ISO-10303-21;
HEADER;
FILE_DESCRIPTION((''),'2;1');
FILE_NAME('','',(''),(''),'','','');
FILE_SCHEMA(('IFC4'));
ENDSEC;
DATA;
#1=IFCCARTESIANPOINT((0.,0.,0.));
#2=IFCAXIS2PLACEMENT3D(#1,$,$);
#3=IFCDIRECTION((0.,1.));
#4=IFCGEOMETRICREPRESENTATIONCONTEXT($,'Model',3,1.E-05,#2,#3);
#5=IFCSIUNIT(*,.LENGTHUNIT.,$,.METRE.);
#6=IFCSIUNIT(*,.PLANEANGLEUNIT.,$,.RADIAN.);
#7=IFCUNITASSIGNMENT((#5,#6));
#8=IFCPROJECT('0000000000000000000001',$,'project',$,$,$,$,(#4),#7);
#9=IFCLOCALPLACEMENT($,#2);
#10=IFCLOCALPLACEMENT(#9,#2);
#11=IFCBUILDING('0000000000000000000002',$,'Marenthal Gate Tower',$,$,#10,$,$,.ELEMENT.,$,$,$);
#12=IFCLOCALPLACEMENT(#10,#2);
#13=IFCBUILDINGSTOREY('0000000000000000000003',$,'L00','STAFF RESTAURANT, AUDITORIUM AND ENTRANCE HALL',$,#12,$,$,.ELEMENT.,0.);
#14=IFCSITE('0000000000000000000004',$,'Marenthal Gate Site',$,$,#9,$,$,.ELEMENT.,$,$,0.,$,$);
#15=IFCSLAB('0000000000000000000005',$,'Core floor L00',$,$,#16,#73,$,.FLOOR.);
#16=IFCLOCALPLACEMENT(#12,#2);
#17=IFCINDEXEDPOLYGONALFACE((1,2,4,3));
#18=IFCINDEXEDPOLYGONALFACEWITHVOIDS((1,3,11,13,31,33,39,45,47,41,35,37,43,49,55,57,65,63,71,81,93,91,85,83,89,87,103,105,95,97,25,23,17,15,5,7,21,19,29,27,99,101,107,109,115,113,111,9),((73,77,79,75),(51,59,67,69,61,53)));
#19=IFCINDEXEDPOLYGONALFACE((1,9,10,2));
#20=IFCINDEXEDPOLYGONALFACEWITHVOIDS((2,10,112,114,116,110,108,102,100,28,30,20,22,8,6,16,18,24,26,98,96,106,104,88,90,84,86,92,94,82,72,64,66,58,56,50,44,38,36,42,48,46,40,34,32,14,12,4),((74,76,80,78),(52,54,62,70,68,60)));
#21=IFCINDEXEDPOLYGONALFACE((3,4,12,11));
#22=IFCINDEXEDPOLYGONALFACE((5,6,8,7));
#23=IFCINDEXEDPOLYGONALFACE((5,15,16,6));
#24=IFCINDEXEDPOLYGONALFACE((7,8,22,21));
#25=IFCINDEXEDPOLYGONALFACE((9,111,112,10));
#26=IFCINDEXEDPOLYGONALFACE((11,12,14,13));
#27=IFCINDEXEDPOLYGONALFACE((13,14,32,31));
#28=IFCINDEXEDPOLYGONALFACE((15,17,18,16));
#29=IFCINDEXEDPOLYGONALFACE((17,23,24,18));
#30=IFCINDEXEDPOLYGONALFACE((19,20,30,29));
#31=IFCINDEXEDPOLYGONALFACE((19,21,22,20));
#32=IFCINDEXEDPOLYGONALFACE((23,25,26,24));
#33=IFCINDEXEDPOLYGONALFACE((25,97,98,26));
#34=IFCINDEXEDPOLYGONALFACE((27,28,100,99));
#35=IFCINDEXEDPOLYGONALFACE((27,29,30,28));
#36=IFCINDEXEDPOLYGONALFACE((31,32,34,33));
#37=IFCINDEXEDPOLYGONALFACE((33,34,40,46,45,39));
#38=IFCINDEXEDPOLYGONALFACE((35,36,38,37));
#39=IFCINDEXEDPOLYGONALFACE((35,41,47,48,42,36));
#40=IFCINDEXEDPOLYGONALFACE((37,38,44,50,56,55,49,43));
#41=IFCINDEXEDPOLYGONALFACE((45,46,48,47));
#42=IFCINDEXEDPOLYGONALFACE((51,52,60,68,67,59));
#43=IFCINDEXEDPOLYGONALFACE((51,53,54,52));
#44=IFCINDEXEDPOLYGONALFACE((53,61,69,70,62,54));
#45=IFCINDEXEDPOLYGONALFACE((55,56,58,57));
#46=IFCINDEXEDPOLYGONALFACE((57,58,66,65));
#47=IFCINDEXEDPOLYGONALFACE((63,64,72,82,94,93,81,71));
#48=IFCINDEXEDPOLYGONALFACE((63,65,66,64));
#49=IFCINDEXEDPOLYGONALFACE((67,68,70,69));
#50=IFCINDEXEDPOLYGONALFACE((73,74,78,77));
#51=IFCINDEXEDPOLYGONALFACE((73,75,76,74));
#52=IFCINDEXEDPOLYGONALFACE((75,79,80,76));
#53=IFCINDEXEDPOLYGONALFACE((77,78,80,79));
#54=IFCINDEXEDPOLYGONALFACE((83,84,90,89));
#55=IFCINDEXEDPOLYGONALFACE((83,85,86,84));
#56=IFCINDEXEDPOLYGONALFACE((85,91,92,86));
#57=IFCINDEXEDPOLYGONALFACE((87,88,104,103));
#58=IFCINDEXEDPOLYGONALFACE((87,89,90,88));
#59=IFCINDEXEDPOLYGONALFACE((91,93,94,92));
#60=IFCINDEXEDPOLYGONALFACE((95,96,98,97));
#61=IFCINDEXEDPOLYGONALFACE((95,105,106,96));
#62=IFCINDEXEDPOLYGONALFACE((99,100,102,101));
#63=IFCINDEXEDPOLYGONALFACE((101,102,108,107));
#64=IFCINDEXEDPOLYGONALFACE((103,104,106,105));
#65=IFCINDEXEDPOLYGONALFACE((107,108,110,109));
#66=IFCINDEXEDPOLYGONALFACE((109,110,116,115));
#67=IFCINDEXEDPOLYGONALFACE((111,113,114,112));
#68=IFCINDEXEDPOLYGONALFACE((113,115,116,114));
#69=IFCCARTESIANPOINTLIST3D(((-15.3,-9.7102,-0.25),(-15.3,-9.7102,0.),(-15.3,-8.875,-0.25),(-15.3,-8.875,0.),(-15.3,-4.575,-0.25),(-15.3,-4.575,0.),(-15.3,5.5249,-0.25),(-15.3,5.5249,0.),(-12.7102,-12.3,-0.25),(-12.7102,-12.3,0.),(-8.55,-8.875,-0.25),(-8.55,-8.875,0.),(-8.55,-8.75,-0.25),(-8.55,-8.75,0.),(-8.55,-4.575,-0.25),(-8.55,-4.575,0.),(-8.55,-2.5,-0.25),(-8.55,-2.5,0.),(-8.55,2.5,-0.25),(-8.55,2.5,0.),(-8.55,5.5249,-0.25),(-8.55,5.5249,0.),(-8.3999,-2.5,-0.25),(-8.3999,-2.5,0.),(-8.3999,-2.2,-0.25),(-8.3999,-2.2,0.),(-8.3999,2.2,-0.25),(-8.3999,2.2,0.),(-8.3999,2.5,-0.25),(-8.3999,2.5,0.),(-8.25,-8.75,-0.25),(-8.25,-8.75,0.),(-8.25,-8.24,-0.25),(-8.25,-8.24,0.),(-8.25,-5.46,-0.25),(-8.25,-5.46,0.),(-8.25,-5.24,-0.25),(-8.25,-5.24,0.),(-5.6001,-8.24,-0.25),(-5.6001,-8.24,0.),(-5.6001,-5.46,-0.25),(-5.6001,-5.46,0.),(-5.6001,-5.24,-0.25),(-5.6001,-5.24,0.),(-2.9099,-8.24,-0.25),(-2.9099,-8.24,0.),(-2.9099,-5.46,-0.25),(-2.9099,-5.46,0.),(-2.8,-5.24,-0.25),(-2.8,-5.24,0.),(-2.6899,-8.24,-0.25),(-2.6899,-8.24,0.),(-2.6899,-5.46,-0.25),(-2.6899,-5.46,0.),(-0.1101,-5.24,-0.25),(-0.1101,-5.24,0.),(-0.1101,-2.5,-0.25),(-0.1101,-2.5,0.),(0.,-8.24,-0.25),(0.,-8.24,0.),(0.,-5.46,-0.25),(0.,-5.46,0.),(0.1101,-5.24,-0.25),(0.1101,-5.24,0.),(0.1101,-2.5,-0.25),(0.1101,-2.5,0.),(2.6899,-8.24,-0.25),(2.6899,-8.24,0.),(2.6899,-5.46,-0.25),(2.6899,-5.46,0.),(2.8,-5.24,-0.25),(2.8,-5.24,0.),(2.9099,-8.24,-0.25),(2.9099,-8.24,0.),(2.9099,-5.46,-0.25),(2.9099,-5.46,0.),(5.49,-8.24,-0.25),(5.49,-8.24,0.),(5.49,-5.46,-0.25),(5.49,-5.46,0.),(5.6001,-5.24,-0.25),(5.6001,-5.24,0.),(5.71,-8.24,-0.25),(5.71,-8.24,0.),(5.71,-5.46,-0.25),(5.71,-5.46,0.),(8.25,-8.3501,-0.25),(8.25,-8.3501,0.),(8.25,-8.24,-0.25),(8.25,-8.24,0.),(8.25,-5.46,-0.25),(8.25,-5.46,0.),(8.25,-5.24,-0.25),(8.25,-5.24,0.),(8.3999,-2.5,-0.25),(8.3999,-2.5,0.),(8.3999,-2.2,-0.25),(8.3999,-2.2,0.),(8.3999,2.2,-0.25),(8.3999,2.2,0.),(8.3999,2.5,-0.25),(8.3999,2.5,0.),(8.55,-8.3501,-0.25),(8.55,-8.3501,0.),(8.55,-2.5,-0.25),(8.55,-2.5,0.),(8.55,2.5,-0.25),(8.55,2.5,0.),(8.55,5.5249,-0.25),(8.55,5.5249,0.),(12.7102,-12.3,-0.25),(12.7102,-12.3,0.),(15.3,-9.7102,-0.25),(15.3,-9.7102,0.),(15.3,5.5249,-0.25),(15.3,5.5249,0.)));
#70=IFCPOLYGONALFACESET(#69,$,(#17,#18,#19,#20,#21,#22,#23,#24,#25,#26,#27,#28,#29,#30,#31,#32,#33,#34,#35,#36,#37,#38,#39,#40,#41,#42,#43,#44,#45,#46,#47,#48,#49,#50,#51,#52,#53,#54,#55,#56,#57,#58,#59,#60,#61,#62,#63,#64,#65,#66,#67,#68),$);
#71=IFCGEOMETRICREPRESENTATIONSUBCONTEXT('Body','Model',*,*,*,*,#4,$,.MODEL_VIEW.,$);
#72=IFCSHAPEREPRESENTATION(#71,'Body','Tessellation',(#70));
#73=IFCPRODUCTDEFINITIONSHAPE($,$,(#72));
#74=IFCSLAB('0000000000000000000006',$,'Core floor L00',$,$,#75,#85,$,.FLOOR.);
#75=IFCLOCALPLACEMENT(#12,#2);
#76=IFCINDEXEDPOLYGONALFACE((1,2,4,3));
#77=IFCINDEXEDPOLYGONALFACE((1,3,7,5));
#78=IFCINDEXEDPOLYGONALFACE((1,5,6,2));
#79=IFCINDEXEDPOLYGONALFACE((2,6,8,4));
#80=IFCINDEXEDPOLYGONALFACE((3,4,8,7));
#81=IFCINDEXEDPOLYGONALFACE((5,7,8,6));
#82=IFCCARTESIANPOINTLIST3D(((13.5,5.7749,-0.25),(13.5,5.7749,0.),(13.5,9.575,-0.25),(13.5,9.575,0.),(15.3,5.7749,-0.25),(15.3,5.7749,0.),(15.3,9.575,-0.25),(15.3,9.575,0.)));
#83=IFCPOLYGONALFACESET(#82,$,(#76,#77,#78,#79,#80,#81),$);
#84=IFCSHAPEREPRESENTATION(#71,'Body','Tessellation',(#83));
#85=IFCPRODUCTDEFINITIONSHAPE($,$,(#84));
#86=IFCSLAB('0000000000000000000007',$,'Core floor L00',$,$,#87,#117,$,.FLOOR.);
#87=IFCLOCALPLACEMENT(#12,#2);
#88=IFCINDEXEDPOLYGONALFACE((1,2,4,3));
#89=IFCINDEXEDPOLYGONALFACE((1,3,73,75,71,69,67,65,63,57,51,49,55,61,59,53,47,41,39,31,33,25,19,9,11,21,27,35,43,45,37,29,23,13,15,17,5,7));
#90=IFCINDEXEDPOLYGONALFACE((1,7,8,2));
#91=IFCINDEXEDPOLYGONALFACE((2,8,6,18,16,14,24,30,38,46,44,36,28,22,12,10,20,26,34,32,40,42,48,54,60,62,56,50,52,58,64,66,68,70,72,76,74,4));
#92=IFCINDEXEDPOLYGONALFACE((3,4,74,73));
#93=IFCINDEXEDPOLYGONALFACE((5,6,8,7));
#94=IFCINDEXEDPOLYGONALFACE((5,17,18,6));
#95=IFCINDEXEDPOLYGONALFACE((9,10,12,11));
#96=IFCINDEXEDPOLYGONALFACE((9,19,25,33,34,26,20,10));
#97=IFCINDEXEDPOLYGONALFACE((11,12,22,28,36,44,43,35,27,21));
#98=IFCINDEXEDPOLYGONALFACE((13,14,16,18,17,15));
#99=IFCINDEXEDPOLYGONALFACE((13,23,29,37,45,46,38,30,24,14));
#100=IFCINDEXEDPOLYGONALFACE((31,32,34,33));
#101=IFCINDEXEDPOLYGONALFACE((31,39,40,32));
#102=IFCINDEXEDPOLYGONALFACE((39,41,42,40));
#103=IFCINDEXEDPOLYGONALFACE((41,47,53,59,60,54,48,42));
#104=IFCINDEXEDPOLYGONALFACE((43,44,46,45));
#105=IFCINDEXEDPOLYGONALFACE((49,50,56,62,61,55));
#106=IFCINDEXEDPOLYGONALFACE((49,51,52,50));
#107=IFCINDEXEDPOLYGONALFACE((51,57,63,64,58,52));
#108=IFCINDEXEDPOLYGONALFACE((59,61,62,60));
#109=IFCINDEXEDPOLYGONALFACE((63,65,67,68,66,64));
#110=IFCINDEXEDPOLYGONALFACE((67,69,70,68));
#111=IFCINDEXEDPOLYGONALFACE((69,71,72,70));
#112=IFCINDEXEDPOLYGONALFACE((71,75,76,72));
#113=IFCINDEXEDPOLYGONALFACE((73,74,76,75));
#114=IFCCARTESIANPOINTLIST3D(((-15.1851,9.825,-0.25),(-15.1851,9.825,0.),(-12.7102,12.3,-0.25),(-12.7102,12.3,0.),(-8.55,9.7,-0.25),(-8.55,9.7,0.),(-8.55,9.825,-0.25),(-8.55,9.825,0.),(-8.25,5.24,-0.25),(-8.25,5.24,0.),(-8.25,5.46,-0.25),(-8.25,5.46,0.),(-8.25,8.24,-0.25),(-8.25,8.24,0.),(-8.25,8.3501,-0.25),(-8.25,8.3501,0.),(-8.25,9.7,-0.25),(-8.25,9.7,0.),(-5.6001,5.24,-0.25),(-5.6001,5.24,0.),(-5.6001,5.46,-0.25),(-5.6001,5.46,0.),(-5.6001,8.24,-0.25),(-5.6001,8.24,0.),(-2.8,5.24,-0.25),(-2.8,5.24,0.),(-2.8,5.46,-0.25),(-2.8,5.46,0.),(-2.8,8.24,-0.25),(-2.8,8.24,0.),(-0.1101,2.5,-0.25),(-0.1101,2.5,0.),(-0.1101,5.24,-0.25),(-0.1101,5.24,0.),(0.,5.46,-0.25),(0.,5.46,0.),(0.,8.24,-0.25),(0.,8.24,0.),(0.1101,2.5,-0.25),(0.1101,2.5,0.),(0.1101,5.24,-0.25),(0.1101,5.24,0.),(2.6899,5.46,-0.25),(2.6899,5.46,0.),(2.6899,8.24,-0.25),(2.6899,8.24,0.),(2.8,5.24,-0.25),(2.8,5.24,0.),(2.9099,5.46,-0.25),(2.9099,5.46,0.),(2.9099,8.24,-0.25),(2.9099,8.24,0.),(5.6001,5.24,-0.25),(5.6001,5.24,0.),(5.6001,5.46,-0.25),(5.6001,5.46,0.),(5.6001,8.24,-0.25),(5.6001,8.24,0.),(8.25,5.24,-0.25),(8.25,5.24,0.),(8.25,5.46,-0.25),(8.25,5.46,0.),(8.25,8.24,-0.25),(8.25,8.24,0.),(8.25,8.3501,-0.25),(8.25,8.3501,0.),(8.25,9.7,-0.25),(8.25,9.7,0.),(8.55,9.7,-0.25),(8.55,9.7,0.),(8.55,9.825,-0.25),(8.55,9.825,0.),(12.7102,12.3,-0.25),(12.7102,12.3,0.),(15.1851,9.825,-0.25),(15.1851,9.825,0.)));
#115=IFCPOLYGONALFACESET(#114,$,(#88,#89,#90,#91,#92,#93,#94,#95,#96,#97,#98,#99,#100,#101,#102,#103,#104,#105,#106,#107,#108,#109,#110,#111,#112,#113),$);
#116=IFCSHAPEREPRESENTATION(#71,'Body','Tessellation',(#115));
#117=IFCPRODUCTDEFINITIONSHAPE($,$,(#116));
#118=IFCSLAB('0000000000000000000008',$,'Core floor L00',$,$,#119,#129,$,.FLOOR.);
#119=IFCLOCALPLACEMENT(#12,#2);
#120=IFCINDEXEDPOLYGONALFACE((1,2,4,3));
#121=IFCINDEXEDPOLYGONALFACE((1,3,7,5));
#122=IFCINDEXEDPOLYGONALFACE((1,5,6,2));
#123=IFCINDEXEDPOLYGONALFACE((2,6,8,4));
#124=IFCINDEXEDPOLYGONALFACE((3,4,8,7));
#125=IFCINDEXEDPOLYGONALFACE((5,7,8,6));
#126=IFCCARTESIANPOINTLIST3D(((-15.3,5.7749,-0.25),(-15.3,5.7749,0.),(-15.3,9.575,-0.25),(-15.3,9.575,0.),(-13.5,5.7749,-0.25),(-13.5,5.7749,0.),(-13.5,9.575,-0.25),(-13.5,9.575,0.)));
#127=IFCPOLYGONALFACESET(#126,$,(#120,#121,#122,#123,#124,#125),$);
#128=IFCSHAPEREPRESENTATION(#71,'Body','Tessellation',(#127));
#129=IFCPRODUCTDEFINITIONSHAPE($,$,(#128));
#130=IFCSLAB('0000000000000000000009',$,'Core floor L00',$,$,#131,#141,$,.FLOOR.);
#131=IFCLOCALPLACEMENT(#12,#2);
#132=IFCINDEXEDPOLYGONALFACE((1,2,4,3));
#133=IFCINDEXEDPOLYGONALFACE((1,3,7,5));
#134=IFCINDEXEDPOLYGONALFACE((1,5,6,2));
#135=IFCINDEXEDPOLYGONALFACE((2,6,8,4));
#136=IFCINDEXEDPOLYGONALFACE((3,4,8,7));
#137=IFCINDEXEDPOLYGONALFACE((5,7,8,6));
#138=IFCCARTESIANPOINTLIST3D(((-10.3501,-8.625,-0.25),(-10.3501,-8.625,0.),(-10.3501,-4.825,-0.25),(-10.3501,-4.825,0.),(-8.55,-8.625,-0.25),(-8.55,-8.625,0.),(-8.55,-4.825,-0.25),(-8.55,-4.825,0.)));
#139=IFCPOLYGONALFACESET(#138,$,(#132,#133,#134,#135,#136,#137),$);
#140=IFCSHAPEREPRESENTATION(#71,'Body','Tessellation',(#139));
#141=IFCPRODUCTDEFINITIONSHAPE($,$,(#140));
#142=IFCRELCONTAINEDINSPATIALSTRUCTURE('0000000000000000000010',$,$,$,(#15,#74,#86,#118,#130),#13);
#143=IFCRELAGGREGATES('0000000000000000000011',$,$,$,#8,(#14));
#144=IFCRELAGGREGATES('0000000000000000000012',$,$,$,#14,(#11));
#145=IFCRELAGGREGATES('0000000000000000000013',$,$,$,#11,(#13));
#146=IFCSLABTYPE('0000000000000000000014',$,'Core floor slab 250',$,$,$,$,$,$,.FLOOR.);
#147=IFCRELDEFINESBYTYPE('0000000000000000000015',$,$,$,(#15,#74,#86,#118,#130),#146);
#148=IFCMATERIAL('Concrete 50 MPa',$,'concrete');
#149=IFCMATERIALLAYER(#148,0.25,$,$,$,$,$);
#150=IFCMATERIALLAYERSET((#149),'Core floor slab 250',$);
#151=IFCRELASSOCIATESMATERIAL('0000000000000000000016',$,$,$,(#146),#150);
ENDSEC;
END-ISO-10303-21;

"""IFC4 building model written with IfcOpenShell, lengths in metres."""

from ifc_helpers import new_model, si_unit, direction, frame, origin, place, context, subcontext, project, spatial, polyline, outline, extrude, material, layer, layer_set, type_object, element, save


model = new_model("IFC4")

# Units and contexts
model_context = context("Model", 3, precision=1e-05, world=origin(), true_north=direction((0.0, 1.0)))
body_context = subcontext(model_context, "Body", "Model", "MODEL_VIEW")
ifc_project = project(units=[si_unit("LENGTHUNIT", "METRE"), si_unit("PLANEANGLEUNIT", "RADIAN")], contexts=[model_context])

# Site, building, storey
site_placement = place(None, origin())
site = spatial("IfcSite", under=ifc_project, at=site_placement, Name="Marenthal Gate Site", CompositionType="ELEMENT", RefElevation=0.0)
building_placement = place(site_placement, origin())
building = spatial("IfcBuilding", under=site, at=building_placement, Name="Marenthal Gate Tower", CompositionType="ELEMENT")
storey_placement = place(building_placement, origin())
storey = spatial("IfcBuildingStorey", under=building, at=storey_placement, Name="L00", Description="STAFF RESTAURANT, AUDITORIUM AND ENTRANCE HALL", CompositionType="ELEMENT", Elevation=0.0)

# Slabs
ifc_material_1 = material(Name="Concrete 50 MPa", Category="concrete")
ifc_layer_1 = layer(ifc_material_1, 0.25)
ifc_layer_set_1 = layer_set([ifc_layer_1], Name="Core floor slab 250")
slab_type_1 = type_object("IfcSlabType", Name="Core floor slab 250", PredefinedType="FLOOR", material=ifc_layer_set_1)
slab_1_placement = place(storey_placement, frame((0.0, 0.0, -0.25)))
element("IfcSlab", 1, at=slab_1_placement, inside=storey, type_object=slab_type_1, Name="Core floor L00", PredefinedType="FLOOR", context=body_context, shape_type="SweptSolid", body=[
    extrude(outline(polyline([(15.3, -9.7102), (12.7102, -12.3), (-12.7102, -12.3), (-15.3, -9.7102), (-15.3, -8.875), (-8.55, -8.875), (-8.55, -8.75), (-8.25, -8.75), (-8.25, -8.24), (-5.6001, -8.24), (-2.9099, -8.24), (-2.9099, -5.46), (-5.6001, -5.46), (-8.25, -5.46), (-8.25, -5.24), (-5.6001, -5.24), (-2.8, -5.24), (-0.1101, -5.24), (-0.1101, -2.5), (0.1101, -2.5), (0.1101, -5.24), (2.8, -5.24), (5.6001, -5.24), (8.25, -5.24), (8.25, -5.46), (5.71, -5.46), (5.71, -8.24), (8.25, -8.24), (8.25, -8.3501), (8.55, -8.3501), (8.55, -2.5), (8.3999, -2.5), (8.3999, -2.2), (-8.3999, -2.2), (-8.3999, -2.5), (-8.55, -2.5), (-8.55, -4.575), (-15.3, -4.575), (-15.3, 5.5249), (-8.55, 5.5249), (-8.55, 2.5), (-8.3999, 2.5), (-8.3999, 2.2), (8.3999, 2.2), (8.3999, 2.5), (8.55, 2.5), (8.55, 5.5249), (15.3, 5.5249), (15.3, -9.7102)]), holes=[polyline([(5.49, -8.24), (5.49, -5.46), (2.9099, -5.46), (2.9099, -8.24), (5.49, -8.24)]), polyline([(-2.6899, -5.46), (-2.6899, -8.24), (0.0, -8.24), (2.6899, -8.24), (2.6899, -5.46), (0.0, -5.46), (-2.6899, -5.46)])]), origin(), (0.0, 0.0, 1.0), 0.25),
])
slab_2_placement = place(storey_placement, frame((0.0, 0.0, -0.25)))
element("IfcSlab", 2, at=slab_2_placement, inside=storey, type_object=slab_type_1, Name="Core floor L00", PredefinedType="FLOOR", context=body_context, shape_type="SweptSolid", body=[
    extrude(outline(polyline([(15.3, 5.7749), (13.5, 5.7749), (13.5, 9.575), (15.3, 9.575), (15.3, 5.7749)])), origin(), (0.0, 0.0, 1.0), 0.25),
])
slab_3_placement = place(storey_placement, frame((0.0, 0.0, -0.25)))
element("IfcSlab", 3, at=slab_3_placement, inside=storey, type_object=slab_type_1, Name="Core floor L00", PredefinedType="FLOOR", context=body_context, shape_type="SweptSolid", body=[
    extrude(outline(polyline([(12.7102, 12.3), (15.1851, 9.825), (8.55, 9.825), (8.55, 9.7), (8.25, 9.7), (8.25, 8.3501), (8.25, 8.24), (5.6001, 8.24), (2.9099, 8.24), (2.9099, 5.46), (5.6001, 5.46), (8.25, 5.46), (8.25, 5.24), (5.6001, 5.24), (2.8, 5.24), (0.1101, 5.24), (0.1101, 2.5), (-0.1101, 2.5), (-0.1101, 5.24), (-2.8, 5.24), (-5.6001, 5.24), (-8.25, 5.24), (-8.25, 5.46), (-5.6001, 5.46), (-2.8, 5.46), (0.0, 5.46), (2.6899, 5.46), (2.6899, 8.24), (0.0, 8.24), (-2.8, 8.24), (-5.6001, 8.24), (-8.25, 8.24), (-8.25, 8.3501), (-8.25, 9.7), (-8.55, 9.7), (-8.55, 9.825), (-15.1851, 9.825), (-12.7102, 12.3), (12.7102, 12.3)])), origin(), (0.0, 0.0, 1.0), 0.25),
])
slab_4_placement = place(storey_placement, frame((0.0, 0.0, -0.25)))
element("IfcSlab", 4, at=slab_4_placement, inside=storey, type_object=slab_type_1, Name="Core floor L00", PredefinedType="FLOOR", context=body_context, shape_type="SweptSolid", body=[
    extrude(outline(polyline([(-15.3, 9.575), (-13.5, 9.575), (-13.5, 5.7749), (-15.3, 5.7749), (-15.3, 9.575)])), origin(), (0.0, 0.0, 1.0), 0.25),
])
slab_5_placement = place(storey_placement, frame((0.0, 0.0, -0.25)))
element("IfcSlab", 5, at=slab_5_placement, inside=storey, type_object=slab_type_1, Name="Core floor L00", PredefinedType="FLOOR", context=body_context, shape_type="SweptSolid", body=[
    extrude(outline(polyline([(-10.3501, -8.625), (-10.3501, -4.825), (-8.55, -4.825), (-8.55, -8.625), (-10.3501, -8.625)])), origin(), (0.0, 0.0, 1.0), 0.25),
])

save(model, "model.ifc")
